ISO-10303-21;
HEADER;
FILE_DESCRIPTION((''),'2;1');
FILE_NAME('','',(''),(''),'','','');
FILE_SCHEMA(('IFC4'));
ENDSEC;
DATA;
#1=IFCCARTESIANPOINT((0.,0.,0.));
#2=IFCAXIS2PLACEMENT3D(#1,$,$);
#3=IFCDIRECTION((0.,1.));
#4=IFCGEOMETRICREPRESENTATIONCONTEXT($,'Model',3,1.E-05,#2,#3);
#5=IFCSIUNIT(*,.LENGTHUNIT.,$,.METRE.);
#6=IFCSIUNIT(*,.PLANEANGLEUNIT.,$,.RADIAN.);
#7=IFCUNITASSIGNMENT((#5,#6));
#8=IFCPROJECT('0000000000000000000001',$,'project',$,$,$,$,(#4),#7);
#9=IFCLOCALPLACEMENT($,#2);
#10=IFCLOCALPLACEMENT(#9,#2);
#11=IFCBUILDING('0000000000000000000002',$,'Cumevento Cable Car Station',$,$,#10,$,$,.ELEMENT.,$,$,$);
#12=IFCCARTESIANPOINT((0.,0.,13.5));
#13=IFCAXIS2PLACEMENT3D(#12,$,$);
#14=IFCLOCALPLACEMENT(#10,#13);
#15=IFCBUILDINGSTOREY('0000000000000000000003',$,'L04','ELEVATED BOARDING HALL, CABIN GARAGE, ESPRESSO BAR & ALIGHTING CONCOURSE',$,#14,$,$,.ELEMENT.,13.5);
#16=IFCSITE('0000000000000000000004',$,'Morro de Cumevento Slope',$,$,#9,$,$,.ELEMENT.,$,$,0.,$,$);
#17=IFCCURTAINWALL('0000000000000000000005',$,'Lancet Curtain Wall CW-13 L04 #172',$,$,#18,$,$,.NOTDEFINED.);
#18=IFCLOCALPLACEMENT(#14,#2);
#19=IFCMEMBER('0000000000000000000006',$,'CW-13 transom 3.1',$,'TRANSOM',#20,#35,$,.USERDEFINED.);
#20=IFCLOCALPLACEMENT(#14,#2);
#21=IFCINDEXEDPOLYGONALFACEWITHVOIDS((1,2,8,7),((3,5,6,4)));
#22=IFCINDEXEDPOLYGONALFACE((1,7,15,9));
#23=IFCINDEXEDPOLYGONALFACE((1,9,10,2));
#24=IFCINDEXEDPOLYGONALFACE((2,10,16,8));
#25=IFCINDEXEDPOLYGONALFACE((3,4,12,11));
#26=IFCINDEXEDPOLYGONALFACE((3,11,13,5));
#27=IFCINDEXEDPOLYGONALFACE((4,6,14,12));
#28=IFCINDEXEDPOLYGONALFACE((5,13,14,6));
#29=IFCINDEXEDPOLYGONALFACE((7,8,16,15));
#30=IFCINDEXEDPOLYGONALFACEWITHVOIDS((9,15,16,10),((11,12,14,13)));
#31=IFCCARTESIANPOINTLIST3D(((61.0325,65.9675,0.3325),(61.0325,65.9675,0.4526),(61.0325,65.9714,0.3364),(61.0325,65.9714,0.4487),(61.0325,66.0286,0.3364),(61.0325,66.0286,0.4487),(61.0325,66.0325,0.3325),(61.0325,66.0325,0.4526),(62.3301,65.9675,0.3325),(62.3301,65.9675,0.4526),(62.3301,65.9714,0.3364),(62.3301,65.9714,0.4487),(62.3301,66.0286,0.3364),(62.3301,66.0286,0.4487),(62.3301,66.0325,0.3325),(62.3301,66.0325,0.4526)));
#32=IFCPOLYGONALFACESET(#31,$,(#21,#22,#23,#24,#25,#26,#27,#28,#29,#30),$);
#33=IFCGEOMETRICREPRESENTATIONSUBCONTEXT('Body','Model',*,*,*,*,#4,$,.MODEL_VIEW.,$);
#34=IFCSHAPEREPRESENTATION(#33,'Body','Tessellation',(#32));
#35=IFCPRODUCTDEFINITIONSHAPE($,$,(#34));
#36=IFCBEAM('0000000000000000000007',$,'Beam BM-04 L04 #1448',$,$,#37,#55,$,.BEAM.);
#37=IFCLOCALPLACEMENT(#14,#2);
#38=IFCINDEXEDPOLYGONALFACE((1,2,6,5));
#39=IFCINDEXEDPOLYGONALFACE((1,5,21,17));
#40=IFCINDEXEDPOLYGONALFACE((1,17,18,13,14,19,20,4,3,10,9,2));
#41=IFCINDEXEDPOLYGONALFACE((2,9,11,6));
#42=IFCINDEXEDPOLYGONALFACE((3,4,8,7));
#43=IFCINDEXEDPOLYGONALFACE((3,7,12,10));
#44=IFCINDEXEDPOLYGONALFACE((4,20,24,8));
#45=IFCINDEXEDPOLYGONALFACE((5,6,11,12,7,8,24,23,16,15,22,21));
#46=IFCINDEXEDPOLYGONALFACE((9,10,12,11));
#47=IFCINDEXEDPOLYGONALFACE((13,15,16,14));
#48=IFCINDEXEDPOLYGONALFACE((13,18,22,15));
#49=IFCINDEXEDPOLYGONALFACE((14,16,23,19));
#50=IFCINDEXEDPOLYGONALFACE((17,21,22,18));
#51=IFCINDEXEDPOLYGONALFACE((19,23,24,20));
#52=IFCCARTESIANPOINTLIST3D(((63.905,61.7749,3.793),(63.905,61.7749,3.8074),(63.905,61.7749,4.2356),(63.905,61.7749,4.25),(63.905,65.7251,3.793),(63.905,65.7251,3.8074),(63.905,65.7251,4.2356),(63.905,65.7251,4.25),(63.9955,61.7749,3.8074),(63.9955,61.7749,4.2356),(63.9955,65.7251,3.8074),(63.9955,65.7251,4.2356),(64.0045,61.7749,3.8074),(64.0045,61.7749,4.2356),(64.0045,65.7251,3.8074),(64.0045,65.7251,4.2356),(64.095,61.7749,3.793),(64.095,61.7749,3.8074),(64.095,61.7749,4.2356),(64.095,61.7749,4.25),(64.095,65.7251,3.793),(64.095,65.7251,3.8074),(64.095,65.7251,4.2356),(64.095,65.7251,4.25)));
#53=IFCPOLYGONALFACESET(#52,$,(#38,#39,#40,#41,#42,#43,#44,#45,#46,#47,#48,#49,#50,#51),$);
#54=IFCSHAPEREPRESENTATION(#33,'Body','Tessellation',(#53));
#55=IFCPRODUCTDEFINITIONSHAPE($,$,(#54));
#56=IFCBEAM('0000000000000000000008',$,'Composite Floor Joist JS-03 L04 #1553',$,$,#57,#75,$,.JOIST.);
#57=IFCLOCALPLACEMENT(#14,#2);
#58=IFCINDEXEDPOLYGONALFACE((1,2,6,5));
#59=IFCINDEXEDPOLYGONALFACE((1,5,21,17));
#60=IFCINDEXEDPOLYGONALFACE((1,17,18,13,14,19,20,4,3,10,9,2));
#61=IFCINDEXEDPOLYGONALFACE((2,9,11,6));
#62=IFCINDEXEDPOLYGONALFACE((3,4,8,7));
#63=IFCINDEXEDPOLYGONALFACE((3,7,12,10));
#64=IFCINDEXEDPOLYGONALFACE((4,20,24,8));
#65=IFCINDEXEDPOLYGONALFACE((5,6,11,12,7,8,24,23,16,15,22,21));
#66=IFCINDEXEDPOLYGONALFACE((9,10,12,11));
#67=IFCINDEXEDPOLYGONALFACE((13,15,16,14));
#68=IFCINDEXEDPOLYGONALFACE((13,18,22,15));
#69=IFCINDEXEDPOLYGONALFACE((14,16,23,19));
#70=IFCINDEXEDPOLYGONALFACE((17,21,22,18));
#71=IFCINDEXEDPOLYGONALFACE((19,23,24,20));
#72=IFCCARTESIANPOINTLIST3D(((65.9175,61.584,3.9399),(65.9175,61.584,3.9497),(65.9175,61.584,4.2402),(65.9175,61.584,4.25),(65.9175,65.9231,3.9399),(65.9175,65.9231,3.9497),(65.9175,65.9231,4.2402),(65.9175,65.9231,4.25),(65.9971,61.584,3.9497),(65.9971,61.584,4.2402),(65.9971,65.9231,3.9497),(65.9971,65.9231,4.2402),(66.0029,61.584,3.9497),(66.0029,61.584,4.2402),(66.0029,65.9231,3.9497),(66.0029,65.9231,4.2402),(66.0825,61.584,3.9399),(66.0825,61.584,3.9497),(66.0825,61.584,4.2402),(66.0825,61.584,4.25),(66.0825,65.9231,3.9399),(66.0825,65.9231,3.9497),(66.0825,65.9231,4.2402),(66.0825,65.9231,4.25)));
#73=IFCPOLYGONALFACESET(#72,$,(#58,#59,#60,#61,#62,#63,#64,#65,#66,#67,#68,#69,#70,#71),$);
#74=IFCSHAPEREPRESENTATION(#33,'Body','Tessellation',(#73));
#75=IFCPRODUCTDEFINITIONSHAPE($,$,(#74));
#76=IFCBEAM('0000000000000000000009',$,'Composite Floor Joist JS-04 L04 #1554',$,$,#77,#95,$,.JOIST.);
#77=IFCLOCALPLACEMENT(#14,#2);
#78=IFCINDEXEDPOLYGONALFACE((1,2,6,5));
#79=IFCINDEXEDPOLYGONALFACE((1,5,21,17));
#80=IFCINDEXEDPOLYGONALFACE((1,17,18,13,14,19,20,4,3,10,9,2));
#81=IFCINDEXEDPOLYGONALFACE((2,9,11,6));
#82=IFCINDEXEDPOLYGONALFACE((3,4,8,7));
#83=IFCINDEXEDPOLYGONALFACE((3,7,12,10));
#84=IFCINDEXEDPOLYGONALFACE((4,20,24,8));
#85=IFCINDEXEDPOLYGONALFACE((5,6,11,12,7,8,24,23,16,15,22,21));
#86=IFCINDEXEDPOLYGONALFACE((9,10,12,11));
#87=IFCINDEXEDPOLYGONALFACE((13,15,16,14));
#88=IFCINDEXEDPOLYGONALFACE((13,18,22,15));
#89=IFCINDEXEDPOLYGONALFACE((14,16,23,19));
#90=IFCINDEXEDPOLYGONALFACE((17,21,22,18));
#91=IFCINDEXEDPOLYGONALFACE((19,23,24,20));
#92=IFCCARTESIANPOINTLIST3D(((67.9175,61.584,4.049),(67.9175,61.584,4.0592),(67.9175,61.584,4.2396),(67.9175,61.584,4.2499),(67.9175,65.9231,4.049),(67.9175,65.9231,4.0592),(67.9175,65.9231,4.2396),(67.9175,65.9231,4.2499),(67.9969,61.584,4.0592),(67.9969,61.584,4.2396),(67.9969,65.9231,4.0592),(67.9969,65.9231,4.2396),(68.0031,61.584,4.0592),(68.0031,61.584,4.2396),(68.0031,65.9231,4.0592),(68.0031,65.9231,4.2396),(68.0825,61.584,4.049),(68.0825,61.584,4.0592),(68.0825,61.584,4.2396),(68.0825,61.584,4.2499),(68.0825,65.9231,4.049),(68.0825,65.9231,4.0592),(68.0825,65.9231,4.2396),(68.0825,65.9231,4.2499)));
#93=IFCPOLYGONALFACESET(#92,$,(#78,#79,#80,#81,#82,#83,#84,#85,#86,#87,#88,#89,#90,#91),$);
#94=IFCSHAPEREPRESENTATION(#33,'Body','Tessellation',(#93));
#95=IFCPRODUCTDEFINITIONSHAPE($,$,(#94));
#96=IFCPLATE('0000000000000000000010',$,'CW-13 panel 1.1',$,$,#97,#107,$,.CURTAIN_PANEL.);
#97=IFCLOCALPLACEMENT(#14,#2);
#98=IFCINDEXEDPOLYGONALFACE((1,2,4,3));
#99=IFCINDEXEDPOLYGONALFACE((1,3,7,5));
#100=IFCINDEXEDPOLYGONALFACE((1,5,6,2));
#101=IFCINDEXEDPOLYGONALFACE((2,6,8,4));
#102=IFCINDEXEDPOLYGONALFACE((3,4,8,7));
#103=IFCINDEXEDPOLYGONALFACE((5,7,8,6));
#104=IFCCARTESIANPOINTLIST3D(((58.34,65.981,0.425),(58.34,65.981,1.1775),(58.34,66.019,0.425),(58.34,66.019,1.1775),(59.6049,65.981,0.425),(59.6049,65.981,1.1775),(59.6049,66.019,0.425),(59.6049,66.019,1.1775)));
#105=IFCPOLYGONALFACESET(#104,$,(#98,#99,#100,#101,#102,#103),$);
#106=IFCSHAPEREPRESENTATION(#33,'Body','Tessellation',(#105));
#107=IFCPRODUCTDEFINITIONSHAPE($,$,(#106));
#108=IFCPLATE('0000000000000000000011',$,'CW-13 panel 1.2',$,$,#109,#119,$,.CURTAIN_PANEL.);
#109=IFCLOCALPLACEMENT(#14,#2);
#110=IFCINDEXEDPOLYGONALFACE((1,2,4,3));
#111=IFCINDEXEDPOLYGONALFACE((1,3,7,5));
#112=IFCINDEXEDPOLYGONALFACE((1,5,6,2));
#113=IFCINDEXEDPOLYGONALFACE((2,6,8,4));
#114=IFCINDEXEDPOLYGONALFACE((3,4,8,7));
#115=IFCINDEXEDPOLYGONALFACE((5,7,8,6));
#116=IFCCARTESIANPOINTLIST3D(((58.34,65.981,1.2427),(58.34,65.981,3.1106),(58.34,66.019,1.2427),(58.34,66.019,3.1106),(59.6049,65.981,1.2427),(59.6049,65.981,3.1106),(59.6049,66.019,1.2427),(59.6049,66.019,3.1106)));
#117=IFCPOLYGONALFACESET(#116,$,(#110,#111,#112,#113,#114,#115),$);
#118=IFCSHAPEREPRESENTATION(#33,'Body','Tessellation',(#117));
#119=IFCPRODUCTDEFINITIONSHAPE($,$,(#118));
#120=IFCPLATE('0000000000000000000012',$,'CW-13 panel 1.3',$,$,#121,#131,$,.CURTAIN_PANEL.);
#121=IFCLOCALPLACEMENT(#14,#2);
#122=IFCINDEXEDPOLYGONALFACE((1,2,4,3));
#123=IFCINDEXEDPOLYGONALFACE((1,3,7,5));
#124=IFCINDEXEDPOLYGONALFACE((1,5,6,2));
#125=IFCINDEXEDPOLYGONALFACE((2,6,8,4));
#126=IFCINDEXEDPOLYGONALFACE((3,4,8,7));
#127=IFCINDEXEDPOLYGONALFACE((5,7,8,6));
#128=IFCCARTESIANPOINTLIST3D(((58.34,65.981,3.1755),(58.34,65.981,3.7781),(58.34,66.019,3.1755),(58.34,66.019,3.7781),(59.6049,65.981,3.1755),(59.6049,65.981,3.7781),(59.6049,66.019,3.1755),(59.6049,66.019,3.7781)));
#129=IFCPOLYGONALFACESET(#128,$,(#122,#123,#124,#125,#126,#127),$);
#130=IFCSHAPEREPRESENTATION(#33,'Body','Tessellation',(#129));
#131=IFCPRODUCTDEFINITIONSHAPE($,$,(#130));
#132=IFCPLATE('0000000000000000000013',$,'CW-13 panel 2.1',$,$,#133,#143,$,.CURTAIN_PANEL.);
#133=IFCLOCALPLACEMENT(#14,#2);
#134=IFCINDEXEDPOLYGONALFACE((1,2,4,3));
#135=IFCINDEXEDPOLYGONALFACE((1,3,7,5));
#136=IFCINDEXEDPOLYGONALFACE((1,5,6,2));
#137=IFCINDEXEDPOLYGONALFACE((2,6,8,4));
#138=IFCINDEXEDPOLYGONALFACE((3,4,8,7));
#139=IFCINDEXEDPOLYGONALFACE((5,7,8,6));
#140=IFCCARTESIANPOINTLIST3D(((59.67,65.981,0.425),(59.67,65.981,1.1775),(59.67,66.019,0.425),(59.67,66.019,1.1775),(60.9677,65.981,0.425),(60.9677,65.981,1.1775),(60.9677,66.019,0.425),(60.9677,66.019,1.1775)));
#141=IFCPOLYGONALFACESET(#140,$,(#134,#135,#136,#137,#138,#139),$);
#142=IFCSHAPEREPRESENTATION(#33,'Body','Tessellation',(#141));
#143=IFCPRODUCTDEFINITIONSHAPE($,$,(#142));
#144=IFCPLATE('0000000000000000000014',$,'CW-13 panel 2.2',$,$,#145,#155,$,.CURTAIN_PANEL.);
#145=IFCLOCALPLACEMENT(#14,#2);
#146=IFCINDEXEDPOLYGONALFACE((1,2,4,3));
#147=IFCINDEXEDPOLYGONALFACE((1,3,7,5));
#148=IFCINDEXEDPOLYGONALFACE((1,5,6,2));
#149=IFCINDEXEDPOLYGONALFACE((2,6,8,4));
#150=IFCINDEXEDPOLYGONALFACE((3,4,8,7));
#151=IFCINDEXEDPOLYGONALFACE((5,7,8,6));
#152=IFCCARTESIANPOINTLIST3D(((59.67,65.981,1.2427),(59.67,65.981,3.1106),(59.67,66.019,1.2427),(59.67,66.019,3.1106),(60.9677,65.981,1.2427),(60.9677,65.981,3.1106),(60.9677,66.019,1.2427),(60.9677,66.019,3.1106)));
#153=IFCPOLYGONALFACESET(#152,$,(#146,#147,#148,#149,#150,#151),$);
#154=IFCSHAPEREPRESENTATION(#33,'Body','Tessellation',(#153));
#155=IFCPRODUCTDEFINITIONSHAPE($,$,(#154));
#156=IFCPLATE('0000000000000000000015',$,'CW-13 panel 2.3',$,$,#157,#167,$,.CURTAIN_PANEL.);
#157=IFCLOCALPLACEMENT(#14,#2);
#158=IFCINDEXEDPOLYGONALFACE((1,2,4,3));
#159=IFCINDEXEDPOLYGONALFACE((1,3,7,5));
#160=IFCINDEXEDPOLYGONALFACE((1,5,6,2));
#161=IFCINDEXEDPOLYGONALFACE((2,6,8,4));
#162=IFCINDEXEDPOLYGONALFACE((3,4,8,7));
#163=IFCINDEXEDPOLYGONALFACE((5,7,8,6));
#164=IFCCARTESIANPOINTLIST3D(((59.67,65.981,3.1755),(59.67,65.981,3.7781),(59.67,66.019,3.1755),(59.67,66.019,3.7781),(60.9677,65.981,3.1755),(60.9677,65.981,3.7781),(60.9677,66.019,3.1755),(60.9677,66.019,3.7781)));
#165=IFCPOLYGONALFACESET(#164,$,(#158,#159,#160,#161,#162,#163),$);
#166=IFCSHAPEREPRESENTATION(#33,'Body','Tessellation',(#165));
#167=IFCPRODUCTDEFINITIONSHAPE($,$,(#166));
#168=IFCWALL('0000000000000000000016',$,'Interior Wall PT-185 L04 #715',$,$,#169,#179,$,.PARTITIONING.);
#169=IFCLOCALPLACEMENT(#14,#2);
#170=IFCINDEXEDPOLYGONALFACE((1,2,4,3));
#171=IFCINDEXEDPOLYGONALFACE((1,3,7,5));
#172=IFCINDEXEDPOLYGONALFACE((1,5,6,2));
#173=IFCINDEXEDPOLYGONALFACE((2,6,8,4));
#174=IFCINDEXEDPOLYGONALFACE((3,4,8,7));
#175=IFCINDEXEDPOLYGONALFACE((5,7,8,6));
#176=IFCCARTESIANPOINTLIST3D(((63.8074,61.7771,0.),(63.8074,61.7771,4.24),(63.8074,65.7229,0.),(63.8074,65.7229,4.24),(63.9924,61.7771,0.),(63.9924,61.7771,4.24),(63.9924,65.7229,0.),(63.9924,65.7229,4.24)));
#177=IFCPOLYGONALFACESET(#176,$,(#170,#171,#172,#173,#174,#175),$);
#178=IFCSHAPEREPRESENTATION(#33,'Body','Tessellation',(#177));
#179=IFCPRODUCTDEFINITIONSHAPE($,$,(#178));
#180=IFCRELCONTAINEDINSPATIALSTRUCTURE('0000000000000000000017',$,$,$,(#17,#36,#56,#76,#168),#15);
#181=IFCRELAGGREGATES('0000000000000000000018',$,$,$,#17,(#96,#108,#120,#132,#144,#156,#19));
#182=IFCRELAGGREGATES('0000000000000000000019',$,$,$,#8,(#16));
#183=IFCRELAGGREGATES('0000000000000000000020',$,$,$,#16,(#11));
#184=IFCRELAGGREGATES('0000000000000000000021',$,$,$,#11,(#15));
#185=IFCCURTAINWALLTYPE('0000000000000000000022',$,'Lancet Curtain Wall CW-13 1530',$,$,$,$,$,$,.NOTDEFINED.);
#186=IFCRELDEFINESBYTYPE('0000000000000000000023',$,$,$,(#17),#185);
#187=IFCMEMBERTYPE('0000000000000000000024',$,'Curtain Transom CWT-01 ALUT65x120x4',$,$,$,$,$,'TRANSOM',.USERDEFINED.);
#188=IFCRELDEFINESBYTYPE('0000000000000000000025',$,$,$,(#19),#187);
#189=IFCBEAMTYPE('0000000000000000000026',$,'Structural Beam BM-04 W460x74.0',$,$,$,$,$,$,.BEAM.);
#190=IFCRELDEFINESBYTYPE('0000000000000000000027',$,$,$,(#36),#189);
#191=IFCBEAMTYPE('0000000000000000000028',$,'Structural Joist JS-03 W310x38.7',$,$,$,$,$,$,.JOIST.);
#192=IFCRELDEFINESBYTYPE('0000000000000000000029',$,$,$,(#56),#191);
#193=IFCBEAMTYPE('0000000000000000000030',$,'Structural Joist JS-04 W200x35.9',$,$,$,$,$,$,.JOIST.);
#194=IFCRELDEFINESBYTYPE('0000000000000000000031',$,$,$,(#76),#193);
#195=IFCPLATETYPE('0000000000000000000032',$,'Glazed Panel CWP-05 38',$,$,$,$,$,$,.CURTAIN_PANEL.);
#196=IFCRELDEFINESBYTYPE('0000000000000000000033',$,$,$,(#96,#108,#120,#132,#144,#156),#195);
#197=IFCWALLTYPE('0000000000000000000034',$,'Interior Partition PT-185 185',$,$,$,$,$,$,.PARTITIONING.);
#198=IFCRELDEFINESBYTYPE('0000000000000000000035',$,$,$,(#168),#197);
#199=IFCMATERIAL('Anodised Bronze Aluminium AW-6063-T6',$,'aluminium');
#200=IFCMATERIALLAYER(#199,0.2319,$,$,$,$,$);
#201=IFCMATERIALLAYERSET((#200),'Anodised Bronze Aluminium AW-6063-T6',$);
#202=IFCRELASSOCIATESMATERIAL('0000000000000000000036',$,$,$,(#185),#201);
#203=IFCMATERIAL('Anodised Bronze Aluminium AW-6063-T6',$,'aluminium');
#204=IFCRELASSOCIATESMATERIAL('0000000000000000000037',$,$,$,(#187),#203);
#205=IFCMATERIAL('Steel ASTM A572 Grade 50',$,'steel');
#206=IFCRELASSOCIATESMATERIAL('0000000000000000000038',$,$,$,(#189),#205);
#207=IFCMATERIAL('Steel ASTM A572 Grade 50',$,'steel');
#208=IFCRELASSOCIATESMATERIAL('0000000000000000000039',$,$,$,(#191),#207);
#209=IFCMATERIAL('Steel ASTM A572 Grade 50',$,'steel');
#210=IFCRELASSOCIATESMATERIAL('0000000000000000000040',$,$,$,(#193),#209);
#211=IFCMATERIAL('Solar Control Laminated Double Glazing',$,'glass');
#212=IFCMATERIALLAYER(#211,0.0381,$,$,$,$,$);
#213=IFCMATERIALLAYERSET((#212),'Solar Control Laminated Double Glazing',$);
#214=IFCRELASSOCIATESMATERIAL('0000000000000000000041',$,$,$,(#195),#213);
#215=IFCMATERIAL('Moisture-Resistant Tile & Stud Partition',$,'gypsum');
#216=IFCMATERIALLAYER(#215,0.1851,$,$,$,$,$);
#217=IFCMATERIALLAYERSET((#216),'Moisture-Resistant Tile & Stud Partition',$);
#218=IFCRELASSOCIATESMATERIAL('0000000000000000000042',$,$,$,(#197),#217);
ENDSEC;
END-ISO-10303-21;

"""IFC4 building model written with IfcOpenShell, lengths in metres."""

from ifc_helpers import new_model, si_unit, direction, frame, frame_2d, origin, origin_2d, place, context, subcontext, project, spatial, rectangle, hollow_rectangle, i_section, extrude, material, layer, layer_set, material_profile, profile_set, type_object, element, aggregate, save


model = new_model("IFC4")

# Units and contexts
model_context = context("Model", 3, precision=1e-05, world=origin(), true_north=direction((0.0, 1.0)))
body_context = subcontext(model_context, "Body", "Model", "MODEL_VIEW")
ifc_project = project(units=[si_unit("LENGTHUNIT", "METRE"), si_unit("PLANEANGLEUNIT", "RADIAN")], contexts=[model_context])

# Site, building, storey
site_placement = place(None, origin())
site = spatial("IfcSite", under=ifc_project, at=site_placement, Name="Morro de Cumevento Slope", CompositionType="ELEMENT", RefElevation=0.0)
building_placement = place(site_placement, origin())
building = spatial("IfcBuilding", under=site, at=building_placement, Name="Cumevento Cable Car Station", CompositionType="ELEMENT")
storey_placement = place(building_placement, frame((0.0, 0.0, 13.5)))
storey = spatial("IfcBuildingStorey", under=building, at=storey_placement, Name="L04", Description="ELEVATED BOARDING HALL, CABIN GARAGE, ESPRESSO BAR & ALIGHTING CONCOURSE", CompositionType="ELEMENT", Elevation=13.5)

# Curtain wall, member
ifc_material_1 = material(Name="Anodised Bronze Aluminium AW-6063-T6", Category="aluminium")
ifc_layer_1 = layer(ifc_material_1, 0.2319)
ifc_layer_set_1 = layer_set([ifc_layer_1], Name="Anodised Bronze Aluminium AW-6063-T6")
curtain_wall_type = type_object("IfcCurtainWallType", Name="Lancet Curtain Wall CW-13 1530", PredefinedType="NOTDEFINED", material=ifc_layer_set_1)
curtain_wall_placement = place(storey_placement, origin())
curtain_wall = element("IfcCurtainWall", 1, at=curtain_wall_placement, inside=storey, type_object=curtain_wall_type, Name="Lancet Curtain Wall CW-13 L04 #172", PredefinedType="NOTDEFINED")
ifc_material_2 = material(Name="Anodised Bronze Aluminium AW-6063-T6", Category="aluminium")
ifc_material_profile_1 = material_profile(ifc_material_2, hollow_rectangle(XDim=0.0649, YDim=0.1201, WallThickness=0.0039, at=origin_2d()), Name="ALUT65x120x4")
ifc_profile_set_1 = profile_set([ifc_material_profile_1], Name="Anodised Bronze Aluminium AW-6063-T6")
member_type_1 = type_object("IfcMemberType", Name="Curtain Transom CWT-01 ALUT65x120x4", ElementType="TRANSOM", PredefinedType="USERDEFINED", material=ifc_profile_set_1)
member_1_placement = place(storey_placement, frame((61.0325, 66.0, 0.3926), z_axis=(1.0, 0.0, 0.0), x_axis=(0.0, 1.0, 0.0)))
member_1 = element("IfcMember", 2, at=member_1_placement, type_object=member_type_1, Name="CW-13 transom 3.1", ObjectType="TRANSOM", PredefinedType="USERDEFINED", context=body_context, shape_type="SweptSolid", body=[
    extrude(hollow_rectangle(XDim=0.0649, YDim=0.1201, WallThickness=0.0039, at=origin_2d()), origin(), (0.0, 0.0, 1.0), 1.2976),
])

# Beams
ifc_material_3 = material(Name="Steel ASTM A572 Grade 50", Category="steel")
ifc_material_profile_2 = material_profile(ifc_material_3, i_section(OverallWidth=0.1899, OverallDepth=0.457, WebThickness=0.009, FlangeThickness=0.0144, at=origin_2d()), Name="W460x74.0")
ifc_profile_set_2 = profile_set([ifc_material_profile_2], Name="Steel ASTM A572 Grade 50")
beam_type_1 = type_object("IfcBeamType", Name="Structural Beam BM-04 W460x74.0", PredefinedType="BEAM", material=ifc_profile_set_2)
beam_1_placement = place(storey_placement, frame((64.0, 61.7749, 4.0215), z_axis=(0.0, 1.0, 0.0), x_axis=(-1.0, 0.0, 0.0)))
element("IfcBeam", 3, at=beam_1_placement, inside=storey, type_object=beam_type_1, Name="Beam BM-04 L04 #1448", PredefinedType="BEAM", context=body_context, shape_type="SweptSolid", body=[
    extrude(i_section(OverallWidth=0.1899, OverallDepth=0.457, WebThickness=0.009, FlangeThickness=0.0144, at=origin_2d()), origin(), (0.0, 0.0, 1.0), 3.9502),
])
ifc_material_4 = material(Name="Steel ASTM A572 Grade 50", Category="steel")
ifc_material_profile_3 = material_profile(ifc_material_4, i_section(OverallWidth=0.165, OverallDepth=0.3101, WebThickness=0.0059, FlangeThickness=0.0098, at=origin_2d()), Name="W310x38.7")
ifc_profile_set_3 = profile_set([ifc_material_profile_3], Name="Steel ASTM A572 Grade 50")
beam_type_2 = type_object("IfcBeamType", Name="Structural Joist JS-03 W310x38.7", PredefinedType="JOIST", material=ifc_profile_set_3)
beam_2_placement = place(storey_placement, frame((66.0, 61.584, 4.095), z_axis=(0.0, 1.0, 0.0), x_axis=(-1.0, 0.0, 0.0)))
element("IfcBeam", 4, at=beam_2_placement, inside=storey, type_object=beam_type_2, Name="Composite Floor Joist JS-03 L04 #1553", PredefinedType="JOIST", context=body_context, shape_type="SweptSolid", body=[
    extrude(i_section(OverallWidth=0.165, OverallDepth=0.3101, WebThickness=0.0059, FlangeThickness=0.0098, at=origin_2d()), origin(), (0.0, 0.0, 1.0), 4.3391),
])
ifc_material_5 = material(Name="Steel ASTM A572 Grade 50", Category="steel")
ifc_material_profile_4 = material_profile(ifc_material_5, i_section(OverallWidth=0.165, OverallDepth=0.2009, WebThickness=0.0061, FlangeThickness=0.0103, at=origin_2d()), Name="W200x35.9")
ifc_profile_set_4 = profile_set([ifc_material_profile_4], Name="Steel ASTM A572 Grade 50")
beam_type_3 = type_object("IfcBeamType", Name="Structural Joist JS-04 W200x35.9", PredefinedType="JOIST", material=ifc_profile_set_4)
beam_3_placement = place(storey_placement, frame((68.0, 61.584, 4.1494), z_axis=(0.0, 1.0, 0.0), x_axis=(-1.0, 0.0, 0.0)))
element("IfcBeam", 5, at=beam_3_placement, inside=storey, type_object=beam_type_3, Name="Composite Floor Joist JS-04 L04 #1554", PredefinedType="JOIST", context=body_context, shape_type="SweptSolid", body=[
    extrude(i_section(OverallWidth=0.165, OverallDepth=0.2009, WebThickness=0.0061, FlangeThickness=0.0103, at=origin_2d()), origin(), (0.0, 0.0, 1.0), 4.3391),
])

# Plates
ifc_material_6 = material(Name="Solar Control Laminated Double Glazing", Category="glass")
ifc_layer_2 = layer(ifc_material_6, 0.0381)
ifc_layer_set_2 = layer_set([ifc_layer_2], Name="Solar Control Laminated Double Glazing")
plate_type = type_object("IfcPlateType", Name="Glazed Panel CWP-05 38", PredefinedType="CURTAIN_PANEL", material=ifc_layer_set_2)
plate_1_placement = place(storey_placement, frame((58.9724, 66.0, 0.425), z_axis=(0.0, 0.0, 1.0), x_axis=(1.0, 0.0, 0.0)))
plate_1 = element("IfcPlate", 6, at=plate_1_placement, type_object=plate_type, Name="CW-13 panel 1.1", PredefinedType="CURTAIN_PANEL", context=body_context, shape_type="SweptSolid", body=[
    extrude(rectangle(XDim=1.2649, YDim=0.0381, at=origin_2d()), origin(), (0.0, 0.0, 1.0), 0.7524),
])
plate_2_placement = place(storey_placement, frame((58.9724, 66.0, 1.2427), z_axis=(0.0, 0.0, 1.0), x_axis=(1.0, 0.0, 0.0)))
plate_2 = element("IfcPlate", 7, at=plate_2_placement, type_object=plate_type, Name="CW-13 panel 1.2", PredefinedType="CURTAIN_PANEL", context=body_context, shape_type="SweptSolid", body=[
    extrude(rectangle(XDim=1.2649, YDim=0.0381, at=origin_2d()), origin(), (0.0, 0.0, 1.0), 1.8679),
])
plate_3_placement = place(storey_placement, frame((58.9724, 66.0, 3.1755), z_axis=(0.0, 0.0, 1.0), x_axis=(1.0, 0.0, 0.0)))
plate_3 = element("IfcPlate", 8, at=plate_3_placement, type_object=plate_type, Name="CW-13 panel 1.3", PredefinedType="CURTAIN_PANEL", context=body_context, shape_type="SweptSolid", body=[
    extrude(rectangle(XDim=1.2649, YDim=0.0381, at=origin_2d()), origin(), (0.0, 0.0, 1.0), 0.6025),
])
plate_4_placement = place(storey_placement, frame((60.3188, 66.0, 0.425), z_axis=(0.0, 0.0, 1.0), x_axis=(1.0, 0.0, 0.0)))
plate_4 = element("IfcPlate", 9, at=plate_4_placement, type_object=plate_type, Name="CW-13 panel 2.1", PredefinedType="CURTAIN_PANEL", context=body_context, shape_type="SweptSolid", body=[
    extrude(rectangle(XDim=1.2976, YDim=0.0381, at=origin_2d()), origin(), (0.0, 0.0, 1.0), 0.7524),
])
plate_5_placement = place(storey_placement, frame((60.3188, 66.0, 1.2427), z_axis=(0.0, 0.0, 1.0), x_axis=(1.0, 0.0, 0.0)))
plate_5 = element("IfcPlate", 10, at=plate_5_placement, type_object=plate_type, Name="CW-13 panel 2.2", PredefinedType="CURTAIN_PANEL", context=body_context, shape_type="SweptSolid", body=[
    extrude(rectangle(XDim=1.2976, YDim=0.0381, at=origin_2d()), origin(), (0.0, 0.0, 1.0), 1.8679),
])
plate_6_placement = place(storey_placement, frame((60.3188, 66.0, 3.1755), z_axis=(0.0, 0.0, 1.0), x_axis=(1.0, 0.0, 0.0)))
plate_6 = element("IfcPlate", 11, at=plate_6_placement, type_object=plate_type, Name="CW-13 panel 2.3", PredefinedType="CURTAIN_PANEL", context=body_context, shape_type="SweptSolid", body=[
    extrude(rectangle(XDim=1.2976, YDim=0.0381, at=origin_2d()), origin(), (0.0, 0.0, 1.0), 0.6025),
])
aggregate(curtain_wall, [plate_1, plate_2, plate_3, plate_4, plate_5, plate_6, member_1])

# Wall
ifc_material_7 = material(Name="Moisture-Resistant Tile & Stud Partition", Category="gypsum")
ifc_layer_3 = layer(ifc_material_7, 0.1851)
ifc_layer_set_3 = layer_set([ifc_layer_3], Name="Moisture-Resistant Tile & Stud Partition")
wall_type = type_object("IfcWallType", Name="Interior Partition PT-185 185", PredefinedType="PARTITIONING", material=ifc_layer_set_3)
wall_placement = place(storey_placement, frame((63.8999, 61.7771, 0.0), z_axis=(0.0, 0.0, 1.0), x_axis=(0.0, 1.0, 0.0)))
element("IfcWall", 12, at=wall_placement, inside=storey, type_object=wall_type, Name="Interior Wall PT-185 L04 #715", PredefinedType="PARTITIONING", context=body_context, shape_type="SweptSolid", body=[
    extrude(rectangle(XDim=3.9458, YDim=0.1851, at=frame_2d((1.9729, 0.0))), origin(), (0.0, 0.0, 1.0), 4.24),
])

save(model, "model.ifc")
